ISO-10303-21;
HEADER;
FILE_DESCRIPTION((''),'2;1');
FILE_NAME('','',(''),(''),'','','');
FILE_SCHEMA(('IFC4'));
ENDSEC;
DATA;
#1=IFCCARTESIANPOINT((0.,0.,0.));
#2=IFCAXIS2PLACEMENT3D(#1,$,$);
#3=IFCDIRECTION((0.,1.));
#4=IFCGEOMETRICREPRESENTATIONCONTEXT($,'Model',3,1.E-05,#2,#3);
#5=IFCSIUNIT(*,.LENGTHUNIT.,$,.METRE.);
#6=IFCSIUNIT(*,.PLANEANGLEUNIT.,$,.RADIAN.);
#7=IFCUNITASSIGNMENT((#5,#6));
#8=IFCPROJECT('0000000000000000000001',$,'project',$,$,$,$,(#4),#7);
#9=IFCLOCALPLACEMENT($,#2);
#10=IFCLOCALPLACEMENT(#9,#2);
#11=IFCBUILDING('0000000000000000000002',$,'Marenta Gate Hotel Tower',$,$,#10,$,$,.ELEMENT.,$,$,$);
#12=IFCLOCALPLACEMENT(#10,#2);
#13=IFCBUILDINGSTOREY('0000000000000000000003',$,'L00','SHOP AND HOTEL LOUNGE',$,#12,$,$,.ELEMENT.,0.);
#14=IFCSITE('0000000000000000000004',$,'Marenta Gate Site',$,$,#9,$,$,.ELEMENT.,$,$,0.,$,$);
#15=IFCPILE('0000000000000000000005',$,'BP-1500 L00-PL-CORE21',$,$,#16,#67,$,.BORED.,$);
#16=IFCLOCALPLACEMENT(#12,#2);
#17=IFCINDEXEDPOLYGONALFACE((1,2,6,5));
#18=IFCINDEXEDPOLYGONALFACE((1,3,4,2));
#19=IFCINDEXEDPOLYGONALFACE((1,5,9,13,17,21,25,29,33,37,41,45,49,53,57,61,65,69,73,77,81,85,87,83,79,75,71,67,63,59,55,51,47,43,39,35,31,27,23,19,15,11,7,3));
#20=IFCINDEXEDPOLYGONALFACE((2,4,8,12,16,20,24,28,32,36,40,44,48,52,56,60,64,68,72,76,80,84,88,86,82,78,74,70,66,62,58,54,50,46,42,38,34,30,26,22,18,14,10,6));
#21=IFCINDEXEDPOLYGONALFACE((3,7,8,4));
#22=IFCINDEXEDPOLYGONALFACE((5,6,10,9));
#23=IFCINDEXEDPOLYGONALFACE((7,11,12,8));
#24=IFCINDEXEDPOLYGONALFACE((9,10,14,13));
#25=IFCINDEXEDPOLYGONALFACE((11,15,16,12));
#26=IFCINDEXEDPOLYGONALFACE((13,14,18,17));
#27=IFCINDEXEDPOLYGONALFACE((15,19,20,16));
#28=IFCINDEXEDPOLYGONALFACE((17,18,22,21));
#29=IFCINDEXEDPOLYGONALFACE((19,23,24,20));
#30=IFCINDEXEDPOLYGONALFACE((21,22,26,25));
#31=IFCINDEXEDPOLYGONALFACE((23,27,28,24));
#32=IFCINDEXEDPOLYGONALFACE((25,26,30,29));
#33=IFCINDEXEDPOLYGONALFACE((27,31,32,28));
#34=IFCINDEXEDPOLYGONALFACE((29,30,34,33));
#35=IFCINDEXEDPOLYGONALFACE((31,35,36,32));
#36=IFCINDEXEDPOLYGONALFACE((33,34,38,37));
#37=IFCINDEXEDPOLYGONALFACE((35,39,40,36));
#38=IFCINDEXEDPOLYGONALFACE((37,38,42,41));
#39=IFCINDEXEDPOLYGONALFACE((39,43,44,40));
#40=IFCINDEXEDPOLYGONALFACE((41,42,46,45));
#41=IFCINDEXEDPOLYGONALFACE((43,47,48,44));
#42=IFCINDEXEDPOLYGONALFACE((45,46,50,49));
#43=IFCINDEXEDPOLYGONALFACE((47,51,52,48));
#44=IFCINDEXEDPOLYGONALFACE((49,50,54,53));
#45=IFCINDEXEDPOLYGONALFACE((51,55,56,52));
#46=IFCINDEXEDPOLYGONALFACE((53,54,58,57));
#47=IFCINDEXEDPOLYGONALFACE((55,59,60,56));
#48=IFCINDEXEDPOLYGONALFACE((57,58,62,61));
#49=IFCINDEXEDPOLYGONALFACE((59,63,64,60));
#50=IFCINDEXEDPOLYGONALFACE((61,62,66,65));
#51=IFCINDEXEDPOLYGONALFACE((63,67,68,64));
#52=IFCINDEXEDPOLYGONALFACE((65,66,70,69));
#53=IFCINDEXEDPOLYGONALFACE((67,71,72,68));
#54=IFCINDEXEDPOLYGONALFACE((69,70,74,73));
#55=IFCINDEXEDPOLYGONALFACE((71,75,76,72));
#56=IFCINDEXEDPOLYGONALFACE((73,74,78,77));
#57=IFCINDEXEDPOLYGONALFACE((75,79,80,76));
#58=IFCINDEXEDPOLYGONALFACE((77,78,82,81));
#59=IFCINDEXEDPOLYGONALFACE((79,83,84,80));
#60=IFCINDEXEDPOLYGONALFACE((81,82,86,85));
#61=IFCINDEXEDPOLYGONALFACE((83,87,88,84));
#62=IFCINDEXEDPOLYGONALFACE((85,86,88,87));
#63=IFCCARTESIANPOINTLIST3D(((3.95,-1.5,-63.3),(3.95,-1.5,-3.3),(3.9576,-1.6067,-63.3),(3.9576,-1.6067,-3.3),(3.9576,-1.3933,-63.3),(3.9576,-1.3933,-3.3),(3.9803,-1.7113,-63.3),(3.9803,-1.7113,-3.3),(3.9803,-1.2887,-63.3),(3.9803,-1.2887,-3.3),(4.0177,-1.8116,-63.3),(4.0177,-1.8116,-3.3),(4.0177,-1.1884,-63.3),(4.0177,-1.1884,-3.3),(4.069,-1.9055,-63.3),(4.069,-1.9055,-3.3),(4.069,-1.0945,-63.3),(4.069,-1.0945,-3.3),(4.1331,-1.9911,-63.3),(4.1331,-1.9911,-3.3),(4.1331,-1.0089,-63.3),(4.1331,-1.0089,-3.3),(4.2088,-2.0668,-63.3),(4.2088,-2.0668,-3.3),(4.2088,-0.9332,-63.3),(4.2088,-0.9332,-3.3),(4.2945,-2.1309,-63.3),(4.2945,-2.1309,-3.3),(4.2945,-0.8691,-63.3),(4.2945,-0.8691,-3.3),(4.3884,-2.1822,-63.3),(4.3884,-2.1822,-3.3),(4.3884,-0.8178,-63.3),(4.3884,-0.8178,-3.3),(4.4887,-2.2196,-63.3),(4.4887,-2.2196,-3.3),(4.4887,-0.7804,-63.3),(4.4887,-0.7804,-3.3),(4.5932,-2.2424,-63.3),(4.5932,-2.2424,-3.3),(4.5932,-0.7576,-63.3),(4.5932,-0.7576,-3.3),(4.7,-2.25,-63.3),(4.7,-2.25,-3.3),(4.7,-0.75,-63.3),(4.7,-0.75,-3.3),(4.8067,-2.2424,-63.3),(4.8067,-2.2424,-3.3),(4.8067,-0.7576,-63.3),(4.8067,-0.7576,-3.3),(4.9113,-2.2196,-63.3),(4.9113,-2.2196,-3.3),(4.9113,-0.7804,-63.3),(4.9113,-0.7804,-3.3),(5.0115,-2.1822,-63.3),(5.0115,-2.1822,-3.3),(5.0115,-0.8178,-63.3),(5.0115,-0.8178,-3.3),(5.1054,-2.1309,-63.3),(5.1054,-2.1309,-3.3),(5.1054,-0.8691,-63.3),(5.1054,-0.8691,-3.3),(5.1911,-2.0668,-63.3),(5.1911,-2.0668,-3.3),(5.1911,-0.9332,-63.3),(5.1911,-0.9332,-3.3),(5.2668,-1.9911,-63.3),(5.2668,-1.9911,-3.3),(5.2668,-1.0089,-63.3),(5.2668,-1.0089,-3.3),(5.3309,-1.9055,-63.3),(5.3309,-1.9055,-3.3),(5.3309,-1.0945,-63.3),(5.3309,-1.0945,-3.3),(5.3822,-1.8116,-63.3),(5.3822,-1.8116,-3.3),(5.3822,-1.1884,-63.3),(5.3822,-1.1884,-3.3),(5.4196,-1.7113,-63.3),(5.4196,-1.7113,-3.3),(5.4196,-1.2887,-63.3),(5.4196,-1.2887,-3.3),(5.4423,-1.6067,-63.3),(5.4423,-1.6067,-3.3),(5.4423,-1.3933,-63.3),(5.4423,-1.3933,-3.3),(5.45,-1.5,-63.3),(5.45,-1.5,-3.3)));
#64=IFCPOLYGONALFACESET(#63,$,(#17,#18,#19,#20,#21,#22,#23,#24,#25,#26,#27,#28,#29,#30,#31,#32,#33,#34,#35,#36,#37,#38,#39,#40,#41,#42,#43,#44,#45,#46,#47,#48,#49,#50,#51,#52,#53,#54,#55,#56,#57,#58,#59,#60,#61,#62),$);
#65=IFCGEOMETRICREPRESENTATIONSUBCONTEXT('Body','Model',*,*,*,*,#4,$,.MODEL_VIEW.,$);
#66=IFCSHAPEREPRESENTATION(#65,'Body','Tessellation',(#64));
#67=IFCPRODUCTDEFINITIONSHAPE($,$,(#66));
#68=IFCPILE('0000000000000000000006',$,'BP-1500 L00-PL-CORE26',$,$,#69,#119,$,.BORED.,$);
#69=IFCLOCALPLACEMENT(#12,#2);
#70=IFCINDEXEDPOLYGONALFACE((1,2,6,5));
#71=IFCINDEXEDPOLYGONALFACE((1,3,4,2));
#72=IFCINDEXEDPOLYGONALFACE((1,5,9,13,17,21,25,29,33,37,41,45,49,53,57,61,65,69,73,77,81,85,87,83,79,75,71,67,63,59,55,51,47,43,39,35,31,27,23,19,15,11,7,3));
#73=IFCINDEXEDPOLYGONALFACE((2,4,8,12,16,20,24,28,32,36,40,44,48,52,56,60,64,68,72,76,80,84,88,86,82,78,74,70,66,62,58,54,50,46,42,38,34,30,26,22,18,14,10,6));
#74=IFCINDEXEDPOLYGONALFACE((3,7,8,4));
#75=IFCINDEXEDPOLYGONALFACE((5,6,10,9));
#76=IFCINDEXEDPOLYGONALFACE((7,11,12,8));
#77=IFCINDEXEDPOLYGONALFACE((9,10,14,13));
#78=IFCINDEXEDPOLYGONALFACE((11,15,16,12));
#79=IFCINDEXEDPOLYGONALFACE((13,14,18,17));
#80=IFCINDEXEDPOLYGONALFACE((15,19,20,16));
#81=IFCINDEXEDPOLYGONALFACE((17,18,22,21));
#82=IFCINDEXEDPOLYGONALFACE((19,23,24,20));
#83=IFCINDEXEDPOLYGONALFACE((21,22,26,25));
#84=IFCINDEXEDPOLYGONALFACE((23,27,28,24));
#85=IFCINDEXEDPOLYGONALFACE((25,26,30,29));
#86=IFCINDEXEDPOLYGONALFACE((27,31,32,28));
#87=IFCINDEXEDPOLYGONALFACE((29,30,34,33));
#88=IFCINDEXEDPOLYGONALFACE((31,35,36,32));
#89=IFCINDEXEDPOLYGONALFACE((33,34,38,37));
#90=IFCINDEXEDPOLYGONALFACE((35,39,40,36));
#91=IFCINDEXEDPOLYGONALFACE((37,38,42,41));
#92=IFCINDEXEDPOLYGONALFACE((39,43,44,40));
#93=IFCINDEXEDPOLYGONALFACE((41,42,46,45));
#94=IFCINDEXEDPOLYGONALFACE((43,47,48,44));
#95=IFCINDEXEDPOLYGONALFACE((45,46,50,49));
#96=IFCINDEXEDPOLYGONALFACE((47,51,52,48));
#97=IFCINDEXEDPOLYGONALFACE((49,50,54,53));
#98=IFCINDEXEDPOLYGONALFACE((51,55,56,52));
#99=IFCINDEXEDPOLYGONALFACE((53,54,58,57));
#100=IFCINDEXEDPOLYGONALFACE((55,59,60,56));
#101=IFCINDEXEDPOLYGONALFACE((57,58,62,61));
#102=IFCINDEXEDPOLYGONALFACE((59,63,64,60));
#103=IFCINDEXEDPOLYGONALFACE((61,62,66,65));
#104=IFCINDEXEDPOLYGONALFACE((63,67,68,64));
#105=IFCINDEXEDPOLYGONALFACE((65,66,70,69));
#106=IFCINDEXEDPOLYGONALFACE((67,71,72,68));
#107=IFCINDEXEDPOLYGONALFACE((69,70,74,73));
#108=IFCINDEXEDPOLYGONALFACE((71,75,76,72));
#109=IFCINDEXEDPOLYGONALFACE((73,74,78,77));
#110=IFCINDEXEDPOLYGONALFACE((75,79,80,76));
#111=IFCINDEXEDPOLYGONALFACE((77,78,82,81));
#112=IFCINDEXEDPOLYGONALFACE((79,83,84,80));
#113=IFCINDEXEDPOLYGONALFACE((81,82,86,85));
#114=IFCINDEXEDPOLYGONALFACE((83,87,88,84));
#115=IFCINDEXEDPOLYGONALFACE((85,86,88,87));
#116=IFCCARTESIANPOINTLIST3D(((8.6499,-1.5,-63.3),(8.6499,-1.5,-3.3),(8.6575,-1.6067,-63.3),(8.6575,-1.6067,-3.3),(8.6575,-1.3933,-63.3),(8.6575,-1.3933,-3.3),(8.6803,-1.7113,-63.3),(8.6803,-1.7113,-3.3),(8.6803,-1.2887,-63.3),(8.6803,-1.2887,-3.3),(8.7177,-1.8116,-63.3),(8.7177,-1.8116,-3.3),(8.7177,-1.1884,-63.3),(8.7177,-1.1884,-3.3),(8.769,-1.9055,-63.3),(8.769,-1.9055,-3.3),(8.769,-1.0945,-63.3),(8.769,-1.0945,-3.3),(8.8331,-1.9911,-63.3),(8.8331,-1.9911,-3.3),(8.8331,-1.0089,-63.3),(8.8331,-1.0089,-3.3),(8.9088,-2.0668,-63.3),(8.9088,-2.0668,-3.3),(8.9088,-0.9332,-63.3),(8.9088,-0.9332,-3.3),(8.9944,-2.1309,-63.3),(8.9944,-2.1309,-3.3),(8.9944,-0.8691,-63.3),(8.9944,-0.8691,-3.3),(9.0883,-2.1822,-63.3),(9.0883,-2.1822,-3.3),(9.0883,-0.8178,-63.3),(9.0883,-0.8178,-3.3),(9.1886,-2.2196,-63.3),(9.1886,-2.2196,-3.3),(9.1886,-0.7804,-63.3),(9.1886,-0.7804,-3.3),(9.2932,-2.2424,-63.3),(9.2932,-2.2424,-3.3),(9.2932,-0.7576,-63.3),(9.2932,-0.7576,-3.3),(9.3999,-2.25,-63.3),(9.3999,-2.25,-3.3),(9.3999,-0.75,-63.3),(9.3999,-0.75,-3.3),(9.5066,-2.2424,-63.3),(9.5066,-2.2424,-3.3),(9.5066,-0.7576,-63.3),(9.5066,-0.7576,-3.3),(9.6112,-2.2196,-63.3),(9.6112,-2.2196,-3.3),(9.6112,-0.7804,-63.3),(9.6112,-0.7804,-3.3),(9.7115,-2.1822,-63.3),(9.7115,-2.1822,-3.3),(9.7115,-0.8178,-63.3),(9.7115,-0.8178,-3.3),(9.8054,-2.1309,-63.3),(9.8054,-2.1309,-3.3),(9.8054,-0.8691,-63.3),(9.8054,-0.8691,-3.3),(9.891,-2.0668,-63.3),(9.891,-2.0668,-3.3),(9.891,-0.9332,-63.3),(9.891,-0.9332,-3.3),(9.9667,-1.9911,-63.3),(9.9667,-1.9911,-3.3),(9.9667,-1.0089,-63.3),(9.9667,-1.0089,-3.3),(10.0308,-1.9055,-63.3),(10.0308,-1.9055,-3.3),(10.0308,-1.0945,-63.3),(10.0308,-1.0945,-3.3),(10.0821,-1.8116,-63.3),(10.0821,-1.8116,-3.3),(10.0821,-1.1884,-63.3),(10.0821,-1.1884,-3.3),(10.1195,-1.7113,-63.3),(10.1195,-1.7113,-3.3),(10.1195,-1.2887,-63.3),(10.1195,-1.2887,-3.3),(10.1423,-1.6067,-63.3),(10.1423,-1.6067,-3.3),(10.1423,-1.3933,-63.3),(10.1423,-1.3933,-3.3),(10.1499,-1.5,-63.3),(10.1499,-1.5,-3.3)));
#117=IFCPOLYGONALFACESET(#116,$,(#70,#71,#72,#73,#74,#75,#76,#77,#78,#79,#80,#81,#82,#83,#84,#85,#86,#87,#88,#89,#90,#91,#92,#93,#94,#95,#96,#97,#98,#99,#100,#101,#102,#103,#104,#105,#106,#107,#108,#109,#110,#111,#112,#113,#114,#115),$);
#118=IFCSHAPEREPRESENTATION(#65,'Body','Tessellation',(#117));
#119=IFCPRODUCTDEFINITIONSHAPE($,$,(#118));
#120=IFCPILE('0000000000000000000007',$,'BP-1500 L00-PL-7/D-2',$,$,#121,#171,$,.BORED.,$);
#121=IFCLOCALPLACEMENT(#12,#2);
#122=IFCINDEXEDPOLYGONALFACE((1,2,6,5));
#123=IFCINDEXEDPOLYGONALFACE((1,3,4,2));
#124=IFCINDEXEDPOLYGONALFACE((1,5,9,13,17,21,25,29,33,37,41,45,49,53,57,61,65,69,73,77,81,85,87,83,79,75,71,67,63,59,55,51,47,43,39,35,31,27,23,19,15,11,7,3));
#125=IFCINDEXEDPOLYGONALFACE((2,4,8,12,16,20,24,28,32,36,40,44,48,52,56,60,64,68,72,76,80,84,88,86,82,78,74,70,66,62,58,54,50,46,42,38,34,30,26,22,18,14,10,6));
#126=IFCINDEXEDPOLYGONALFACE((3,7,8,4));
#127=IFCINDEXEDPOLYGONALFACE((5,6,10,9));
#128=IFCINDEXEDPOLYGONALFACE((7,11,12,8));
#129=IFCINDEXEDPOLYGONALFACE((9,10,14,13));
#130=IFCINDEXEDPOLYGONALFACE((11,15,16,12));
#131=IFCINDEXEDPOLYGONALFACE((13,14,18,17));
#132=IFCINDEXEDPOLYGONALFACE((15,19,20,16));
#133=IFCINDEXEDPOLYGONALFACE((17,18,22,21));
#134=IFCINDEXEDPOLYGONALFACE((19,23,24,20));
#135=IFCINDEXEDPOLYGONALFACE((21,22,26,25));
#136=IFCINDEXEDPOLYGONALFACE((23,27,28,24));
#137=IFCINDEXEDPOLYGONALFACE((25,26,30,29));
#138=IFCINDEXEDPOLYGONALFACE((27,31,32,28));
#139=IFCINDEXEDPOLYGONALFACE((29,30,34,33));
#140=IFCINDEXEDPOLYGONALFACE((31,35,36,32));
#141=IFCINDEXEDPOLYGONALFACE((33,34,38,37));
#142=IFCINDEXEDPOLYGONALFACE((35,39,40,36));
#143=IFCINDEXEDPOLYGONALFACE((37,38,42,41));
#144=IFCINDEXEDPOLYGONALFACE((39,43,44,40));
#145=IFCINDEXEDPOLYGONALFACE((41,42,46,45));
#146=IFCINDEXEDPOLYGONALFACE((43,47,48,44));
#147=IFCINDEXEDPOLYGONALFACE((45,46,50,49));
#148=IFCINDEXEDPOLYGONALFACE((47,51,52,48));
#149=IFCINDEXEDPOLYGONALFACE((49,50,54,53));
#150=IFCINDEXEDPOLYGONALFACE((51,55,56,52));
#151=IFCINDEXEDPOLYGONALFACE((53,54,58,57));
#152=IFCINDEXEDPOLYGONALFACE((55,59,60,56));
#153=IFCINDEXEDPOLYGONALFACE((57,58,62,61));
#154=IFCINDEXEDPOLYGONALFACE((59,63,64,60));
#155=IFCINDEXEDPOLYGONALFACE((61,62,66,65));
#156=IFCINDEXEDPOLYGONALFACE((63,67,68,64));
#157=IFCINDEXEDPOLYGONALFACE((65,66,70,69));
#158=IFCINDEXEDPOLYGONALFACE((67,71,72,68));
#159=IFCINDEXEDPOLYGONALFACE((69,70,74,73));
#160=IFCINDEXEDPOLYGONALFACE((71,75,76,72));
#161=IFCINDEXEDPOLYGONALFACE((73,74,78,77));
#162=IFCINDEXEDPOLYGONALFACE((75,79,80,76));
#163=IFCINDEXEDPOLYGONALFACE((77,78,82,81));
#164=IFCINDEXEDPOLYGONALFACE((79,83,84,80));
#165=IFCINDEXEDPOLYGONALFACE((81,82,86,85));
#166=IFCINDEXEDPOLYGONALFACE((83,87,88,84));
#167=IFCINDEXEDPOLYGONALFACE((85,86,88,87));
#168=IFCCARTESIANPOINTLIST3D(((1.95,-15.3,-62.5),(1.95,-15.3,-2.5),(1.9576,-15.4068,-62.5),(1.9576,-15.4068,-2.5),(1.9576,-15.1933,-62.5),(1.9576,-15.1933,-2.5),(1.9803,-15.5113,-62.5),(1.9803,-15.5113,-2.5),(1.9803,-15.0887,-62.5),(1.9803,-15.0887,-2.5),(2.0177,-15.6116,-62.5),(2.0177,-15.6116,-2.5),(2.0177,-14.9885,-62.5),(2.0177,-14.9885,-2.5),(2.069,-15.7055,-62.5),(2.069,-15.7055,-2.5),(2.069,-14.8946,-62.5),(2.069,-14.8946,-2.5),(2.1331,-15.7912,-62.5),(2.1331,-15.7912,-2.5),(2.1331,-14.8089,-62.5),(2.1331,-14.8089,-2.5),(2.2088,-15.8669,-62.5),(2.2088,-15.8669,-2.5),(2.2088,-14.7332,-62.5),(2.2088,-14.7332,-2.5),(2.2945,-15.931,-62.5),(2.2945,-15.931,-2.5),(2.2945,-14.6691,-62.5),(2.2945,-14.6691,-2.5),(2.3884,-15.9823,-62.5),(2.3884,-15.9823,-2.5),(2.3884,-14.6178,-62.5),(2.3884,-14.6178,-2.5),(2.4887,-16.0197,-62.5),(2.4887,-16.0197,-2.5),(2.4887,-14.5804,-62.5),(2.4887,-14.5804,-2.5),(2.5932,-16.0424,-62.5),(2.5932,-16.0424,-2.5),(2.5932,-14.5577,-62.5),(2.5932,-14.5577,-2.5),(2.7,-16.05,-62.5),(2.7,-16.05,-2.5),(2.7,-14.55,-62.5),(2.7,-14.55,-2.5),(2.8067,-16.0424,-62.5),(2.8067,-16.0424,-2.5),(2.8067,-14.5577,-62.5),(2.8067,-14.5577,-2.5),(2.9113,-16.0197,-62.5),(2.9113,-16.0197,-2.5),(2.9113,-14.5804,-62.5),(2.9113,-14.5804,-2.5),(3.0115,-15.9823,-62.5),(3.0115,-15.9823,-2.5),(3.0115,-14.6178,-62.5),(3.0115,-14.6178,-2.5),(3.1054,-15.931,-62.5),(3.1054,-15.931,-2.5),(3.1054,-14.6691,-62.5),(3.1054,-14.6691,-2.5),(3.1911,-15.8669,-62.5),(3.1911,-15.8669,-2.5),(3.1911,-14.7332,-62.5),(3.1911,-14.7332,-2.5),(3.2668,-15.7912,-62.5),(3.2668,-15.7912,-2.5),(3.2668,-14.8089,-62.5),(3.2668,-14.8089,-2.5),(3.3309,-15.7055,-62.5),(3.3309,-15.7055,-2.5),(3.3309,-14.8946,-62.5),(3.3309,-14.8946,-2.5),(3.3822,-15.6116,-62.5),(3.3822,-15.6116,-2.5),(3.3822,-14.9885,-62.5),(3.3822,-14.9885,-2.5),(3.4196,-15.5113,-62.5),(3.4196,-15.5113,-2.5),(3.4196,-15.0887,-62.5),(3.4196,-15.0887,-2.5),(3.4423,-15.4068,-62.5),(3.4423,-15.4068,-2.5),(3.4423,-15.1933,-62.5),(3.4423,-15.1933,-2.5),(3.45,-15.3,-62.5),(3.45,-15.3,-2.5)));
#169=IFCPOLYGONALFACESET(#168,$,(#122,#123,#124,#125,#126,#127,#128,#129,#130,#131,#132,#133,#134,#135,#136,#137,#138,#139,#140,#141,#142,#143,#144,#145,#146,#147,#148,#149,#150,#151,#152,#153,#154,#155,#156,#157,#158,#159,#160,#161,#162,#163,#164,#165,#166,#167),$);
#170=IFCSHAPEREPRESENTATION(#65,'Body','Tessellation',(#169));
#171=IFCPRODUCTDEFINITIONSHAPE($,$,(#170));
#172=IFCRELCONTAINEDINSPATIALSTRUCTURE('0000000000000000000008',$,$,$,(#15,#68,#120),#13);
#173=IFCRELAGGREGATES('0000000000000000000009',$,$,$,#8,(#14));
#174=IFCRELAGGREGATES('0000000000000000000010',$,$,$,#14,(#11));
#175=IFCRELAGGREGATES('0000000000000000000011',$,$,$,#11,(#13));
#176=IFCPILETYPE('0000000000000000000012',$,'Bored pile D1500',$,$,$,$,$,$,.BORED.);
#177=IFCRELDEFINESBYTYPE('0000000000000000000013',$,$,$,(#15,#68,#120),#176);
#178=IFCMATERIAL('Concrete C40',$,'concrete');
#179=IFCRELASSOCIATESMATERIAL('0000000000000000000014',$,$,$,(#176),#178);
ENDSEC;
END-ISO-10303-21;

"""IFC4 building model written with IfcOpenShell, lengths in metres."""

from ifc_helpers import new_model, si_unit, direction, frame, origin, origin_2d, place, context, subcontext, project, spatial, circle, extrude, material, type_object, element, save


model = new_model("IFC4")

# Units and contexts
model_context = context("Model", 3, precision=1e-05, world=origin(), true_north=direction((0.0, 1.0)))
body_context = subcontext(model_context, "Body", "Model", "MODEL_VIEW")
ifc_project = project(units=[si_unit("LENGTHUNIT", "METRE"), si_unit("PLANEANGLEUNIT", "RADIAN")], contexts=[model_context])

# Site, building, storey
site_placement = place(None, origin())
site = spatial("IfcSite", under=ifc_project, at=site_placement, Name="Marenta Gate Site", CompositionType="ELEMENT", RefElevation=0.0)
building_placement = place(site_placement, origin())
building = spatial("IfcBuilding", under=site, at=building_placement, Name="Marenta Gate Hotel Tower", CompositionType="ELEMENT")
storey_placement = place(building_placement, origin())
storey = spatial("IfcBuildingStorey", under=building, at=storey_placement, Name="L00", Description="SHOP AND HOTEL LOUNGE", CompositionType="ELEMENT", Elevation=0.0)

# Piles
ifc_material_1 = material(Name="Concrete C40", Category="concrete")
pile_type = type_object("IfcPileType", Name="Bored pile D1500", PredefinedType="BORED", material=ifc_material_1)
for number, where, z_axis, x_axis, name in (
    (1, (4.7, -1.5, -3.3), (0.0, 0.0, -1.0), (1.0, 0.0, 0.0), "BP-1500 L00-PL-CORE21"),
    (2, (9.3999, -1.5, -3.3), (0.0, 0.0, -1.0), (1.0, 0.0, 0.0), "BP-1500 L00-PL-CORE26"),
    (3, (2.7, -15.3, -2.5), (0.0, 0.0, -1.0), (1.0, 0.0, 0.0), "BP-1500 L00-PL-7/D-2"),
):
    element("IfcPile", number, at=place(storey_placement, frame(where, z_axis=z_axis, x_axis=x_axis)), inside=storey, type_object=pile_type, Name=name, PredefinedType="BORED", context=body_context, shape_type="SweptSolid", body=[
        extrude(circle(Radius=0.75, at=origin_2d()), origin(), (0.0, 0.0, 1.0), 60.0),
    ])

save(model, "model.ifc")
